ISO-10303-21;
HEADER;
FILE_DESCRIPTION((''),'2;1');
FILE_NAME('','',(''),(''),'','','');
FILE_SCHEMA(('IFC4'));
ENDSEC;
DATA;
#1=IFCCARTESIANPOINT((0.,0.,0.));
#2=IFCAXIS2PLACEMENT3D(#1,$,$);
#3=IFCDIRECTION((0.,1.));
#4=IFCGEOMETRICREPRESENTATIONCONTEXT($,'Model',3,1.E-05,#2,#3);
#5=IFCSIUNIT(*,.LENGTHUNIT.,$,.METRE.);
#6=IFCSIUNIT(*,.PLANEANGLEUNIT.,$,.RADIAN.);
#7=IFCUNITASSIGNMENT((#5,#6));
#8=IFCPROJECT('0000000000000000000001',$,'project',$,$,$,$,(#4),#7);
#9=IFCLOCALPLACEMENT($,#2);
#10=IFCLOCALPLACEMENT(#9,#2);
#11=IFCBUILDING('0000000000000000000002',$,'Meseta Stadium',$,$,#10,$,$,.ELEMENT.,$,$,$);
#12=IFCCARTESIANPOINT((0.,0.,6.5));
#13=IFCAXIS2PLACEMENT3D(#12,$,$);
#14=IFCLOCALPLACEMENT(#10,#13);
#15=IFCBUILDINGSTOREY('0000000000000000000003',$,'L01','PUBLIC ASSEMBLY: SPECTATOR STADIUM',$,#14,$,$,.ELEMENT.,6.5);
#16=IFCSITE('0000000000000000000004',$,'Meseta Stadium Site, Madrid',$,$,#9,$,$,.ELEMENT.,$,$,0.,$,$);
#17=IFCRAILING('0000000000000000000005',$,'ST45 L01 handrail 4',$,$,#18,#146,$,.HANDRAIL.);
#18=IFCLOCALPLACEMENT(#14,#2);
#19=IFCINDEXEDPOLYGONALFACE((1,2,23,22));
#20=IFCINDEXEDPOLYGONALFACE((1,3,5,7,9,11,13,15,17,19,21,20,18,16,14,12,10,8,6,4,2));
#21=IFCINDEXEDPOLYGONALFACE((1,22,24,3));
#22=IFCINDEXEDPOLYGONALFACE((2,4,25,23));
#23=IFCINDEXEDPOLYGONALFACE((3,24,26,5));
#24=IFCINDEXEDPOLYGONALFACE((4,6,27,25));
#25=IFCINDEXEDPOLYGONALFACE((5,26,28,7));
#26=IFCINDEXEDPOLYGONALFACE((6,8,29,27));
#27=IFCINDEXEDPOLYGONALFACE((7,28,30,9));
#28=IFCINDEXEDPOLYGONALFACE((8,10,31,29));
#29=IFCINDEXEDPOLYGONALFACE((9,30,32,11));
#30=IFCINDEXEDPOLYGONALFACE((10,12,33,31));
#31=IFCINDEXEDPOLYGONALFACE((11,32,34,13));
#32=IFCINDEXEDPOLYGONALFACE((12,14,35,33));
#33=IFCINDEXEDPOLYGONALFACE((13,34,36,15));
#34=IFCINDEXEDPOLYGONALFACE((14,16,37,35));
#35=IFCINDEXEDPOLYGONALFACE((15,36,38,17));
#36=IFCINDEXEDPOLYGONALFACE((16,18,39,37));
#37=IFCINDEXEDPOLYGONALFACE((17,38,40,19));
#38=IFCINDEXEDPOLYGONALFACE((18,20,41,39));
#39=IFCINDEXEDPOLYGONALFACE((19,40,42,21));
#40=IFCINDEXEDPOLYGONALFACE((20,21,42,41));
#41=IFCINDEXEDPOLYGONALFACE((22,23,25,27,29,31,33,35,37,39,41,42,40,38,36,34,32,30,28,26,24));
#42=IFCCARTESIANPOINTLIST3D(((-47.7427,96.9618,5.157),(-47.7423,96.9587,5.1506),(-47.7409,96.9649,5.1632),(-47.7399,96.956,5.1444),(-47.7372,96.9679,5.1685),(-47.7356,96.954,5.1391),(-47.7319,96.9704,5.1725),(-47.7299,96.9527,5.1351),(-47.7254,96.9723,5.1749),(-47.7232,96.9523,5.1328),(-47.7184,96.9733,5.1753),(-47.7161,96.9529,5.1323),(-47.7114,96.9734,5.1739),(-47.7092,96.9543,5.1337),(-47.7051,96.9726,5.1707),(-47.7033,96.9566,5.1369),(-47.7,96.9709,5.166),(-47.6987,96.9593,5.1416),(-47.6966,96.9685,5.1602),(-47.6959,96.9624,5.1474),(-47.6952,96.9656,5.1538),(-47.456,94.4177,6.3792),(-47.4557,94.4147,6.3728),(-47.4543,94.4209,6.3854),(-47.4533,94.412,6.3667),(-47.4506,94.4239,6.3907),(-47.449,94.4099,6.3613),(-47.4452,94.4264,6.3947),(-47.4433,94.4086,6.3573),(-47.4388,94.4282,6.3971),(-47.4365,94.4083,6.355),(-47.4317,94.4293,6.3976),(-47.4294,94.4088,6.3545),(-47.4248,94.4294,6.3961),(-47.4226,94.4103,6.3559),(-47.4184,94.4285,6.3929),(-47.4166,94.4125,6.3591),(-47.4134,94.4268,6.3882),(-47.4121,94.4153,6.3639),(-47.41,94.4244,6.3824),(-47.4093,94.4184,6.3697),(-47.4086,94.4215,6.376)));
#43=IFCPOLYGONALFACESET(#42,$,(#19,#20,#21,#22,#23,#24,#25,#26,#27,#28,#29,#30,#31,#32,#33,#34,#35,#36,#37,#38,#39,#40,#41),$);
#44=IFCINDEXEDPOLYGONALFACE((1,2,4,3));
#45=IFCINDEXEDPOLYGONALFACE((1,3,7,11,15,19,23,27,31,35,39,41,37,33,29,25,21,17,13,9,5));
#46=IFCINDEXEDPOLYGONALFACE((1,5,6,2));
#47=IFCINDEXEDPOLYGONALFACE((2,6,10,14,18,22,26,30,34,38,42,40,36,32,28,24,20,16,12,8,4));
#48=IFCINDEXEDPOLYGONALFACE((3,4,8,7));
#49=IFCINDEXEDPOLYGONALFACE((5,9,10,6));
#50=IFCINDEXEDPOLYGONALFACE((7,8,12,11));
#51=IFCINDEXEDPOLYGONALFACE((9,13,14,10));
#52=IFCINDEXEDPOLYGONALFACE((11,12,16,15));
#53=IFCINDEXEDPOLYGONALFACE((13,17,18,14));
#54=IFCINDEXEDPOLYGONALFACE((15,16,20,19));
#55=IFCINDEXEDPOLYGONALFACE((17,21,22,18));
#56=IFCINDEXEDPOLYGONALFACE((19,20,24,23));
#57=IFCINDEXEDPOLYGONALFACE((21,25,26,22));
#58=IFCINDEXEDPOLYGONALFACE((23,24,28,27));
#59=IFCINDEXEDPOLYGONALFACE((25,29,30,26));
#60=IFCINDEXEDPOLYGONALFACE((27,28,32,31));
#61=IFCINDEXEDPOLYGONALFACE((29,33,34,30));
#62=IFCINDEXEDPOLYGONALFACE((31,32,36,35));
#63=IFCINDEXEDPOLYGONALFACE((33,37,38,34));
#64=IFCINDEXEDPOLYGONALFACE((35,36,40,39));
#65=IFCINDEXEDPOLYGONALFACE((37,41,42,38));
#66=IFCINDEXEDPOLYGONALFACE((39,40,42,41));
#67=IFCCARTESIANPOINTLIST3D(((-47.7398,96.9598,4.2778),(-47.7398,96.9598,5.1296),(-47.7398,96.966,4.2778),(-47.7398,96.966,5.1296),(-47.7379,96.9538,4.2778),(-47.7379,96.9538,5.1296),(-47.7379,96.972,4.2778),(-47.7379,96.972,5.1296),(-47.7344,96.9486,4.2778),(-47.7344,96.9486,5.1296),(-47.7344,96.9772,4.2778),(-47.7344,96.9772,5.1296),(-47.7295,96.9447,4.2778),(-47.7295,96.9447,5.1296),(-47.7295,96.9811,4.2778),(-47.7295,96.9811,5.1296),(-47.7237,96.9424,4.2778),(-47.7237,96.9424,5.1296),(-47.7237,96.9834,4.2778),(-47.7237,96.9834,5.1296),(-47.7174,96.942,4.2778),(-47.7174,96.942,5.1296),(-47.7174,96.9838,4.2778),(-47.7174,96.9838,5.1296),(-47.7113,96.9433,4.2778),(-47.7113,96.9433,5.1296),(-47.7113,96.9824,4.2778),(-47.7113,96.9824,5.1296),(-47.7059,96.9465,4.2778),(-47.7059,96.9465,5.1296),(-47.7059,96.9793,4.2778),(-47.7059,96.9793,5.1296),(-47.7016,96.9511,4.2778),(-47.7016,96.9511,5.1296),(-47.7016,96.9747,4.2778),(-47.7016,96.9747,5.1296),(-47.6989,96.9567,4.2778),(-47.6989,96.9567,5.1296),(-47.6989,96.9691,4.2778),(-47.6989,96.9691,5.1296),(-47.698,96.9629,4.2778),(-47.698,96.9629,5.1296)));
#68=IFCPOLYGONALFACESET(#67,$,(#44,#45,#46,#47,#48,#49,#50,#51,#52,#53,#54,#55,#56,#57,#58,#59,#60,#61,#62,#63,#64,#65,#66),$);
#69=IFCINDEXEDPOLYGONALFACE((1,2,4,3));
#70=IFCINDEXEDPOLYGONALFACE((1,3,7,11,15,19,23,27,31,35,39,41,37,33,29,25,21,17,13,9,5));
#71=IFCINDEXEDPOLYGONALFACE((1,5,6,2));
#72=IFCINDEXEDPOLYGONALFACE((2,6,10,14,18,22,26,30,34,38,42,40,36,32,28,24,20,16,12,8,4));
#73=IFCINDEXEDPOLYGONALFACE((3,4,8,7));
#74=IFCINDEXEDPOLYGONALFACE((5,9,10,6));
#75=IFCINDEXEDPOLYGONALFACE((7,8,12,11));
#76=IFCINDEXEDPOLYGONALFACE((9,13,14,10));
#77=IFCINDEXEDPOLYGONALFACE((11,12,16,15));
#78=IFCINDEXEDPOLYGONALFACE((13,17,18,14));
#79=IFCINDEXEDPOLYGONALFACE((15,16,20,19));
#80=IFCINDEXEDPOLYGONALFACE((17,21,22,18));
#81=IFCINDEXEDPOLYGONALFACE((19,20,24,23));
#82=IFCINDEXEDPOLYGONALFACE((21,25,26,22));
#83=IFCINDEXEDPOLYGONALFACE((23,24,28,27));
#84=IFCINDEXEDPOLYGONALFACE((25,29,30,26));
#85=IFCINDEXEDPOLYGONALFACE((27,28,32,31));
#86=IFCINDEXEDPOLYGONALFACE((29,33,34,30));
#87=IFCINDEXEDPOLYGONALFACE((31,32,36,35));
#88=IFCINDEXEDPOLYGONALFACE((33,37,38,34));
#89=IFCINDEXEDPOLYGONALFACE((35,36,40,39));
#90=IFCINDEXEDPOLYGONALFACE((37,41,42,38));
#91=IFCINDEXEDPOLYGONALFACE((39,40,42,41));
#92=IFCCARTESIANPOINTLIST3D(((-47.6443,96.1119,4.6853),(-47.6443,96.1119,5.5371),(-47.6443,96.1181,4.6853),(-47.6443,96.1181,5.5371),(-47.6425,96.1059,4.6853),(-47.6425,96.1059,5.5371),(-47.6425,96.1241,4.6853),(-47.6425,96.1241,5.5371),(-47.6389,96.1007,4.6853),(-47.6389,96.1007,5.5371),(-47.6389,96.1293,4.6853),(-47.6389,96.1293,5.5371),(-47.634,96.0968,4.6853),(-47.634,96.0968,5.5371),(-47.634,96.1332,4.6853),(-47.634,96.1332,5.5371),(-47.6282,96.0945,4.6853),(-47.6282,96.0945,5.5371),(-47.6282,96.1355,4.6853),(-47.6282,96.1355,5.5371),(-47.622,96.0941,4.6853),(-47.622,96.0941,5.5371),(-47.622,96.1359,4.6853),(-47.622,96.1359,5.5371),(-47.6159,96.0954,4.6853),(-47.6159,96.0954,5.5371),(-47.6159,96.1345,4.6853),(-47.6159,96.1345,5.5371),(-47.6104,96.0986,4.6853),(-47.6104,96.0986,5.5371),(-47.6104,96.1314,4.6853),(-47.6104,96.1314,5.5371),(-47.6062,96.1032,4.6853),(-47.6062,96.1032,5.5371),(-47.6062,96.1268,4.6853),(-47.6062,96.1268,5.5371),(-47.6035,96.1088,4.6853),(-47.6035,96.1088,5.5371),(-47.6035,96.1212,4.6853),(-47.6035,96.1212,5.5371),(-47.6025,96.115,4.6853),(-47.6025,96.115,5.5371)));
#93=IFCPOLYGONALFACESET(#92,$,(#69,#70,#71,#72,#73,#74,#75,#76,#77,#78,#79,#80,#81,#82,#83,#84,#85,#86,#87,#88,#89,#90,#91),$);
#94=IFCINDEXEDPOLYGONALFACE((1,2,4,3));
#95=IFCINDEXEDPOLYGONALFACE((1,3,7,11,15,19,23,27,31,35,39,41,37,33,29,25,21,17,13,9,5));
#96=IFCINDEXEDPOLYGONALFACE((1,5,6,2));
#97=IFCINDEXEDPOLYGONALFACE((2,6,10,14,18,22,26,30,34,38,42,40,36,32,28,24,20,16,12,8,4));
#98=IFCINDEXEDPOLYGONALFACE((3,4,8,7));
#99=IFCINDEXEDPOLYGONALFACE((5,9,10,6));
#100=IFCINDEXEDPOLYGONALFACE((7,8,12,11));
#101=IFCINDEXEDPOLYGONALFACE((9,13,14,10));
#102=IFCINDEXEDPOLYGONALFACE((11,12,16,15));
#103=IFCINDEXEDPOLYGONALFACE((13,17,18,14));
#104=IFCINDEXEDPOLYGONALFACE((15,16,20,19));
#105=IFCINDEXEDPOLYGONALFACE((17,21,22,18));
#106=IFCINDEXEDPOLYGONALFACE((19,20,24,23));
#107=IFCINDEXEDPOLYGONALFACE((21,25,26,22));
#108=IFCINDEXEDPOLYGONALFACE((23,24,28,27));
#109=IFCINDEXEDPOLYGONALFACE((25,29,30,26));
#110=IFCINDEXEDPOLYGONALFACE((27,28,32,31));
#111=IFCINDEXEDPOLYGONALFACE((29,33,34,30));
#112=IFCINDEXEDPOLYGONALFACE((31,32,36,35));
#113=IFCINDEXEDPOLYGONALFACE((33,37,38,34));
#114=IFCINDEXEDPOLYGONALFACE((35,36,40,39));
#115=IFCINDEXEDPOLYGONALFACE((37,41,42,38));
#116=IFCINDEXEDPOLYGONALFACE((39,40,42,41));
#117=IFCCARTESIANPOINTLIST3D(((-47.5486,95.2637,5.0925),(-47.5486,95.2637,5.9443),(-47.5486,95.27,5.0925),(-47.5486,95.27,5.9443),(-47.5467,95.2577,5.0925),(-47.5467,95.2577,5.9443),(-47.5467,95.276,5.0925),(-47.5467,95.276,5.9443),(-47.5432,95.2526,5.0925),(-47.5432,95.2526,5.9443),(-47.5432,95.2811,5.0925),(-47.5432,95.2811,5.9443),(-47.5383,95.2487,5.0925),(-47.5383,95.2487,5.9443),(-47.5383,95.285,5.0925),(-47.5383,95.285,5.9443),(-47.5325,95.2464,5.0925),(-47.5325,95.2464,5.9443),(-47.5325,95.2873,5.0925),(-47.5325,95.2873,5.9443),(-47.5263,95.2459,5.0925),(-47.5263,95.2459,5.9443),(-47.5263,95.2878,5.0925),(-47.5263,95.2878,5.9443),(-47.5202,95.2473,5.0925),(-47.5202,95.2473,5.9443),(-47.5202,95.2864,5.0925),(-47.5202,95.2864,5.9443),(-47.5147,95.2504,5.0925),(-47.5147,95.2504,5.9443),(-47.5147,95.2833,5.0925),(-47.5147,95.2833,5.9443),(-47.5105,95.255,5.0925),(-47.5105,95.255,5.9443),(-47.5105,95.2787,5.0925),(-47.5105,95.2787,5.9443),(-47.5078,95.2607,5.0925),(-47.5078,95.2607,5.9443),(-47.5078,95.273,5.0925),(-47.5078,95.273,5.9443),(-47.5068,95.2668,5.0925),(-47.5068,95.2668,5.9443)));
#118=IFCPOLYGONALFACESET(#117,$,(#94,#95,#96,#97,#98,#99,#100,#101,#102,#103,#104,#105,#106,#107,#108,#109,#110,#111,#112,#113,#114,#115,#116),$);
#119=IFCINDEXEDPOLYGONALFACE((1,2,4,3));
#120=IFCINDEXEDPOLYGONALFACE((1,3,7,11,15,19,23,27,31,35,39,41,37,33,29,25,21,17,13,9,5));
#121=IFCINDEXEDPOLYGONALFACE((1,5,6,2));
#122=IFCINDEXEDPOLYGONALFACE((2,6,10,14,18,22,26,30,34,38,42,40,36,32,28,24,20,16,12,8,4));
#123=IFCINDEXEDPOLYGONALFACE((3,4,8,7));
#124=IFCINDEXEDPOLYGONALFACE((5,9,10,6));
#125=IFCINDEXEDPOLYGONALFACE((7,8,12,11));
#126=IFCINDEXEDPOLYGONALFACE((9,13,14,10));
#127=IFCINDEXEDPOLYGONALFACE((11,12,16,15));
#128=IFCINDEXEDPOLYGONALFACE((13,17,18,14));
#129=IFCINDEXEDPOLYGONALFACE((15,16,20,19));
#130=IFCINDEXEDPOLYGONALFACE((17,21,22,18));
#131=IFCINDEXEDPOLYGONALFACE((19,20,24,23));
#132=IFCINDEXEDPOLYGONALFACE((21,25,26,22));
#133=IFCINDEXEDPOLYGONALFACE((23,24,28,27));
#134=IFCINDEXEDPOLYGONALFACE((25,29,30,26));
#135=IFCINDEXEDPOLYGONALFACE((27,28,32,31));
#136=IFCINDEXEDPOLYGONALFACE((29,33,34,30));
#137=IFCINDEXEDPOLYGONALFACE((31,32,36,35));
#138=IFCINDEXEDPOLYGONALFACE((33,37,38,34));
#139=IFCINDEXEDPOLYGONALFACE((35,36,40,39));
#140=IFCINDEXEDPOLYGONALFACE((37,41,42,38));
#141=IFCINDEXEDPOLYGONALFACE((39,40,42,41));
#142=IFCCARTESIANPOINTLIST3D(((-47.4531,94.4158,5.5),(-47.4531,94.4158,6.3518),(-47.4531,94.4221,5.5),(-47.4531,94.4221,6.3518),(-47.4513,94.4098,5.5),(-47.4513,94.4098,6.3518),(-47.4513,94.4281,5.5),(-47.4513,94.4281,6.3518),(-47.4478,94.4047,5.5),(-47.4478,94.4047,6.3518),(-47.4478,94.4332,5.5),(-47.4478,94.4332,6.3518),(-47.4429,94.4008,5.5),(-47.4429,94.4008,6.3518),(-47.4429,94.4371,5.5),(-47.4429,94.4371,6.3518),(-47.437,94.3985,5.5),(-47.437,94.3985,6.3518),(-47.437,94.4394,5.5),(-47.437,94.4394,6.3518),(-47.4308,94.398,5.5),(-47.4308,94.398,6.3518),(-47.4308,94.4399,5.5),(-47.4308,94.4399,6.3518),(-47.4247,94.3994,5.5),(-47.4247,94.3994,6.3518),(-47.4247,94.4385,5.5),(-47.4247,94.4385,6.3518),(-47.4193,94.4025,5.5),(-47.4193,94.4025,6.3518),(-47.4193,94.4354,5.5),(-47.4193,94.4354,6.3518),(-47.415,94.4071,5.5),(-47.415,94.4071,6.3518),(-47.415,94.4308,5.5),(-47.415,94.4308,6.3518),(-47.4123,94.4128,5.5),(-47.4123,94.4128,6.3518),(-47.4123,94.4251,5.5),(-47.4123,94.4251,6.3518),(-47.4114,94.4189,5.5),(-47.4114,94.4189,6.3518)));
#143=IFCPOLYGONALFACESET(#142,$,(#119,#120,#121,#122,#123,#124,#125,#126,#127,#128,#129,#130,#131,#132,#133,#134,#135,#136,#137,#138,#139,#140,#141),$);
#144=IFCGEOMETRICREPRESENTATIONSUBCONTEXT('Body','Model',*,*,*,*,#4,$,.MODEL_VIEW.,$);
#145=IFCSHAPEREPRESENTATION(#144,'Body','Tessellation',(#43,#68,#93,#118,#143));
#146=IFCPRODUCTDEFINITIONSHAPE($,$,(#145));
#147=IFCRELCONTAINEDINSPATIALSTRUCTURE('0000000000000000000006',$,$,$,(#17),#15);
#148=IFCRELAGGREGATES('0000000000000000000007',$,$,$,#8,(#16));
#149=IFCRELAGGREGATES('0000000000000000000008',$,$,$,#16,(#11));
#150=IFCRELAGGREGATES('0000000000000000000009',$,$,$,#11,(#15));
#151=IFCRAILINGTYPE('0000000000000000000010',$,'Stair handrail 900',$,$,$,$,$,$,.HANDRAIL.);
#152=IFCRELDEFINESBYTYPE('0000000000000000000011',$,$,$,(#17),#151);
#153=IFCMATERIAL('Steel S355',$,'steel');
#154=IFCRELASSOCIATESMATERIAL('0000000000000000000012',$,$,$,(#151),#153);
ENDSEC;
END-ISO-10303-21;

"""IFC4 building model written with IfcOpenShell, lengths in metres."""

from ifc_helpers import new_model, si_unit, direction, frame, origin, origin_2d, place, context, subcontext, project, spatial, circle, extrude, material, type_object, element, save


model = new_model("IFC4")

# Units and contexts
model_context = context("Model", 3, precision=1e-05, world=origin(), true_north=direction((0.0, 1.0)))
body_context = subcontext(model_context, "Body", "Model", "MODEL_VIEW")
ifc_project = project(units=[si_unit("LENGTHUNIT", "METRE"), si_unit("PLANEANGLEUNIT", "RADIAN")], contexts=[model_context])

# Site, building, storey
site_placement = place(None, origin())
site = spatial("IfcSite", under=ifc_project, at=site_placement, Name="Meseta Stadium Site, Madrid", CompositionType="ELEMENT", RefElevation=0.0)
building_placement = place(site_placement, origin())
building = spatial("IfcBuilding", under=site, at=building_placement, Name="Meseta Stadium", CompositionType="ELEMENT")
storey_placement = place(building_placement, frame((0.0, 0.0, 6.5)))
storey = spatial("IfcBuildingStorey", under=building, at=storey_placement, Name="L01", Description="PUBLIC ASSEMBLY: SPECTATOR STADIUM", CompositionType="ELEMENT", Elevation=6.5)

# Railing
ifc_material_1 = material(Name="Steel S355", Category="steel")
railing_type_1 = type_object("IfcRailingType", Name="Stair handrail 900", PredefinedType="HANDRAIL", material=ifc_material_1)
railing_1_placement = place(storey_placement, frame((-47.719, 96.9629, 4.2778)))
element("IfcRailing", 1, at=railing_1_placement, inside=storey, type_object=railing_type_1, Name="ST45 L01 handrail 4", PredefinedType="HANDRAIL", context=body_context, shape_type="SweptSolid", body=[
    extrude(circle(Radius=0.0239, at=origin_2d()), frame((0.0, 0.0, 0.876), z_axis=(0.101036, -0.896762, 0.430824), x_axis=(0.993713, 0.11196, 0.0)), (0.0, 0.0, 1.0), 2.8369),
    extrude(circle(Radius=0.021, at=origin_2d()), origin(), (0.0, 0.0, 1.0), 0.8518),
    extrude(circle(Radius=0.021, at=origin_2d()), frame((0.0955, -0.8479, 0.4075)), (0.0, 0.0, 1.0), 0.8518),
    extrude(circle(Radius=0.021, at=origin_2d()), frame((0.1912, -1.696, 0.8147)), (0.0, 0.0, 1.0), 0.8518),
    extrude(circle(Radius=0.021, at=origin_2d()), frame((0.2866, -2.5439, 1.2222)), (0.0, 0.0, 1.0), 0.8518),
])

save(model, "model.ifc")
